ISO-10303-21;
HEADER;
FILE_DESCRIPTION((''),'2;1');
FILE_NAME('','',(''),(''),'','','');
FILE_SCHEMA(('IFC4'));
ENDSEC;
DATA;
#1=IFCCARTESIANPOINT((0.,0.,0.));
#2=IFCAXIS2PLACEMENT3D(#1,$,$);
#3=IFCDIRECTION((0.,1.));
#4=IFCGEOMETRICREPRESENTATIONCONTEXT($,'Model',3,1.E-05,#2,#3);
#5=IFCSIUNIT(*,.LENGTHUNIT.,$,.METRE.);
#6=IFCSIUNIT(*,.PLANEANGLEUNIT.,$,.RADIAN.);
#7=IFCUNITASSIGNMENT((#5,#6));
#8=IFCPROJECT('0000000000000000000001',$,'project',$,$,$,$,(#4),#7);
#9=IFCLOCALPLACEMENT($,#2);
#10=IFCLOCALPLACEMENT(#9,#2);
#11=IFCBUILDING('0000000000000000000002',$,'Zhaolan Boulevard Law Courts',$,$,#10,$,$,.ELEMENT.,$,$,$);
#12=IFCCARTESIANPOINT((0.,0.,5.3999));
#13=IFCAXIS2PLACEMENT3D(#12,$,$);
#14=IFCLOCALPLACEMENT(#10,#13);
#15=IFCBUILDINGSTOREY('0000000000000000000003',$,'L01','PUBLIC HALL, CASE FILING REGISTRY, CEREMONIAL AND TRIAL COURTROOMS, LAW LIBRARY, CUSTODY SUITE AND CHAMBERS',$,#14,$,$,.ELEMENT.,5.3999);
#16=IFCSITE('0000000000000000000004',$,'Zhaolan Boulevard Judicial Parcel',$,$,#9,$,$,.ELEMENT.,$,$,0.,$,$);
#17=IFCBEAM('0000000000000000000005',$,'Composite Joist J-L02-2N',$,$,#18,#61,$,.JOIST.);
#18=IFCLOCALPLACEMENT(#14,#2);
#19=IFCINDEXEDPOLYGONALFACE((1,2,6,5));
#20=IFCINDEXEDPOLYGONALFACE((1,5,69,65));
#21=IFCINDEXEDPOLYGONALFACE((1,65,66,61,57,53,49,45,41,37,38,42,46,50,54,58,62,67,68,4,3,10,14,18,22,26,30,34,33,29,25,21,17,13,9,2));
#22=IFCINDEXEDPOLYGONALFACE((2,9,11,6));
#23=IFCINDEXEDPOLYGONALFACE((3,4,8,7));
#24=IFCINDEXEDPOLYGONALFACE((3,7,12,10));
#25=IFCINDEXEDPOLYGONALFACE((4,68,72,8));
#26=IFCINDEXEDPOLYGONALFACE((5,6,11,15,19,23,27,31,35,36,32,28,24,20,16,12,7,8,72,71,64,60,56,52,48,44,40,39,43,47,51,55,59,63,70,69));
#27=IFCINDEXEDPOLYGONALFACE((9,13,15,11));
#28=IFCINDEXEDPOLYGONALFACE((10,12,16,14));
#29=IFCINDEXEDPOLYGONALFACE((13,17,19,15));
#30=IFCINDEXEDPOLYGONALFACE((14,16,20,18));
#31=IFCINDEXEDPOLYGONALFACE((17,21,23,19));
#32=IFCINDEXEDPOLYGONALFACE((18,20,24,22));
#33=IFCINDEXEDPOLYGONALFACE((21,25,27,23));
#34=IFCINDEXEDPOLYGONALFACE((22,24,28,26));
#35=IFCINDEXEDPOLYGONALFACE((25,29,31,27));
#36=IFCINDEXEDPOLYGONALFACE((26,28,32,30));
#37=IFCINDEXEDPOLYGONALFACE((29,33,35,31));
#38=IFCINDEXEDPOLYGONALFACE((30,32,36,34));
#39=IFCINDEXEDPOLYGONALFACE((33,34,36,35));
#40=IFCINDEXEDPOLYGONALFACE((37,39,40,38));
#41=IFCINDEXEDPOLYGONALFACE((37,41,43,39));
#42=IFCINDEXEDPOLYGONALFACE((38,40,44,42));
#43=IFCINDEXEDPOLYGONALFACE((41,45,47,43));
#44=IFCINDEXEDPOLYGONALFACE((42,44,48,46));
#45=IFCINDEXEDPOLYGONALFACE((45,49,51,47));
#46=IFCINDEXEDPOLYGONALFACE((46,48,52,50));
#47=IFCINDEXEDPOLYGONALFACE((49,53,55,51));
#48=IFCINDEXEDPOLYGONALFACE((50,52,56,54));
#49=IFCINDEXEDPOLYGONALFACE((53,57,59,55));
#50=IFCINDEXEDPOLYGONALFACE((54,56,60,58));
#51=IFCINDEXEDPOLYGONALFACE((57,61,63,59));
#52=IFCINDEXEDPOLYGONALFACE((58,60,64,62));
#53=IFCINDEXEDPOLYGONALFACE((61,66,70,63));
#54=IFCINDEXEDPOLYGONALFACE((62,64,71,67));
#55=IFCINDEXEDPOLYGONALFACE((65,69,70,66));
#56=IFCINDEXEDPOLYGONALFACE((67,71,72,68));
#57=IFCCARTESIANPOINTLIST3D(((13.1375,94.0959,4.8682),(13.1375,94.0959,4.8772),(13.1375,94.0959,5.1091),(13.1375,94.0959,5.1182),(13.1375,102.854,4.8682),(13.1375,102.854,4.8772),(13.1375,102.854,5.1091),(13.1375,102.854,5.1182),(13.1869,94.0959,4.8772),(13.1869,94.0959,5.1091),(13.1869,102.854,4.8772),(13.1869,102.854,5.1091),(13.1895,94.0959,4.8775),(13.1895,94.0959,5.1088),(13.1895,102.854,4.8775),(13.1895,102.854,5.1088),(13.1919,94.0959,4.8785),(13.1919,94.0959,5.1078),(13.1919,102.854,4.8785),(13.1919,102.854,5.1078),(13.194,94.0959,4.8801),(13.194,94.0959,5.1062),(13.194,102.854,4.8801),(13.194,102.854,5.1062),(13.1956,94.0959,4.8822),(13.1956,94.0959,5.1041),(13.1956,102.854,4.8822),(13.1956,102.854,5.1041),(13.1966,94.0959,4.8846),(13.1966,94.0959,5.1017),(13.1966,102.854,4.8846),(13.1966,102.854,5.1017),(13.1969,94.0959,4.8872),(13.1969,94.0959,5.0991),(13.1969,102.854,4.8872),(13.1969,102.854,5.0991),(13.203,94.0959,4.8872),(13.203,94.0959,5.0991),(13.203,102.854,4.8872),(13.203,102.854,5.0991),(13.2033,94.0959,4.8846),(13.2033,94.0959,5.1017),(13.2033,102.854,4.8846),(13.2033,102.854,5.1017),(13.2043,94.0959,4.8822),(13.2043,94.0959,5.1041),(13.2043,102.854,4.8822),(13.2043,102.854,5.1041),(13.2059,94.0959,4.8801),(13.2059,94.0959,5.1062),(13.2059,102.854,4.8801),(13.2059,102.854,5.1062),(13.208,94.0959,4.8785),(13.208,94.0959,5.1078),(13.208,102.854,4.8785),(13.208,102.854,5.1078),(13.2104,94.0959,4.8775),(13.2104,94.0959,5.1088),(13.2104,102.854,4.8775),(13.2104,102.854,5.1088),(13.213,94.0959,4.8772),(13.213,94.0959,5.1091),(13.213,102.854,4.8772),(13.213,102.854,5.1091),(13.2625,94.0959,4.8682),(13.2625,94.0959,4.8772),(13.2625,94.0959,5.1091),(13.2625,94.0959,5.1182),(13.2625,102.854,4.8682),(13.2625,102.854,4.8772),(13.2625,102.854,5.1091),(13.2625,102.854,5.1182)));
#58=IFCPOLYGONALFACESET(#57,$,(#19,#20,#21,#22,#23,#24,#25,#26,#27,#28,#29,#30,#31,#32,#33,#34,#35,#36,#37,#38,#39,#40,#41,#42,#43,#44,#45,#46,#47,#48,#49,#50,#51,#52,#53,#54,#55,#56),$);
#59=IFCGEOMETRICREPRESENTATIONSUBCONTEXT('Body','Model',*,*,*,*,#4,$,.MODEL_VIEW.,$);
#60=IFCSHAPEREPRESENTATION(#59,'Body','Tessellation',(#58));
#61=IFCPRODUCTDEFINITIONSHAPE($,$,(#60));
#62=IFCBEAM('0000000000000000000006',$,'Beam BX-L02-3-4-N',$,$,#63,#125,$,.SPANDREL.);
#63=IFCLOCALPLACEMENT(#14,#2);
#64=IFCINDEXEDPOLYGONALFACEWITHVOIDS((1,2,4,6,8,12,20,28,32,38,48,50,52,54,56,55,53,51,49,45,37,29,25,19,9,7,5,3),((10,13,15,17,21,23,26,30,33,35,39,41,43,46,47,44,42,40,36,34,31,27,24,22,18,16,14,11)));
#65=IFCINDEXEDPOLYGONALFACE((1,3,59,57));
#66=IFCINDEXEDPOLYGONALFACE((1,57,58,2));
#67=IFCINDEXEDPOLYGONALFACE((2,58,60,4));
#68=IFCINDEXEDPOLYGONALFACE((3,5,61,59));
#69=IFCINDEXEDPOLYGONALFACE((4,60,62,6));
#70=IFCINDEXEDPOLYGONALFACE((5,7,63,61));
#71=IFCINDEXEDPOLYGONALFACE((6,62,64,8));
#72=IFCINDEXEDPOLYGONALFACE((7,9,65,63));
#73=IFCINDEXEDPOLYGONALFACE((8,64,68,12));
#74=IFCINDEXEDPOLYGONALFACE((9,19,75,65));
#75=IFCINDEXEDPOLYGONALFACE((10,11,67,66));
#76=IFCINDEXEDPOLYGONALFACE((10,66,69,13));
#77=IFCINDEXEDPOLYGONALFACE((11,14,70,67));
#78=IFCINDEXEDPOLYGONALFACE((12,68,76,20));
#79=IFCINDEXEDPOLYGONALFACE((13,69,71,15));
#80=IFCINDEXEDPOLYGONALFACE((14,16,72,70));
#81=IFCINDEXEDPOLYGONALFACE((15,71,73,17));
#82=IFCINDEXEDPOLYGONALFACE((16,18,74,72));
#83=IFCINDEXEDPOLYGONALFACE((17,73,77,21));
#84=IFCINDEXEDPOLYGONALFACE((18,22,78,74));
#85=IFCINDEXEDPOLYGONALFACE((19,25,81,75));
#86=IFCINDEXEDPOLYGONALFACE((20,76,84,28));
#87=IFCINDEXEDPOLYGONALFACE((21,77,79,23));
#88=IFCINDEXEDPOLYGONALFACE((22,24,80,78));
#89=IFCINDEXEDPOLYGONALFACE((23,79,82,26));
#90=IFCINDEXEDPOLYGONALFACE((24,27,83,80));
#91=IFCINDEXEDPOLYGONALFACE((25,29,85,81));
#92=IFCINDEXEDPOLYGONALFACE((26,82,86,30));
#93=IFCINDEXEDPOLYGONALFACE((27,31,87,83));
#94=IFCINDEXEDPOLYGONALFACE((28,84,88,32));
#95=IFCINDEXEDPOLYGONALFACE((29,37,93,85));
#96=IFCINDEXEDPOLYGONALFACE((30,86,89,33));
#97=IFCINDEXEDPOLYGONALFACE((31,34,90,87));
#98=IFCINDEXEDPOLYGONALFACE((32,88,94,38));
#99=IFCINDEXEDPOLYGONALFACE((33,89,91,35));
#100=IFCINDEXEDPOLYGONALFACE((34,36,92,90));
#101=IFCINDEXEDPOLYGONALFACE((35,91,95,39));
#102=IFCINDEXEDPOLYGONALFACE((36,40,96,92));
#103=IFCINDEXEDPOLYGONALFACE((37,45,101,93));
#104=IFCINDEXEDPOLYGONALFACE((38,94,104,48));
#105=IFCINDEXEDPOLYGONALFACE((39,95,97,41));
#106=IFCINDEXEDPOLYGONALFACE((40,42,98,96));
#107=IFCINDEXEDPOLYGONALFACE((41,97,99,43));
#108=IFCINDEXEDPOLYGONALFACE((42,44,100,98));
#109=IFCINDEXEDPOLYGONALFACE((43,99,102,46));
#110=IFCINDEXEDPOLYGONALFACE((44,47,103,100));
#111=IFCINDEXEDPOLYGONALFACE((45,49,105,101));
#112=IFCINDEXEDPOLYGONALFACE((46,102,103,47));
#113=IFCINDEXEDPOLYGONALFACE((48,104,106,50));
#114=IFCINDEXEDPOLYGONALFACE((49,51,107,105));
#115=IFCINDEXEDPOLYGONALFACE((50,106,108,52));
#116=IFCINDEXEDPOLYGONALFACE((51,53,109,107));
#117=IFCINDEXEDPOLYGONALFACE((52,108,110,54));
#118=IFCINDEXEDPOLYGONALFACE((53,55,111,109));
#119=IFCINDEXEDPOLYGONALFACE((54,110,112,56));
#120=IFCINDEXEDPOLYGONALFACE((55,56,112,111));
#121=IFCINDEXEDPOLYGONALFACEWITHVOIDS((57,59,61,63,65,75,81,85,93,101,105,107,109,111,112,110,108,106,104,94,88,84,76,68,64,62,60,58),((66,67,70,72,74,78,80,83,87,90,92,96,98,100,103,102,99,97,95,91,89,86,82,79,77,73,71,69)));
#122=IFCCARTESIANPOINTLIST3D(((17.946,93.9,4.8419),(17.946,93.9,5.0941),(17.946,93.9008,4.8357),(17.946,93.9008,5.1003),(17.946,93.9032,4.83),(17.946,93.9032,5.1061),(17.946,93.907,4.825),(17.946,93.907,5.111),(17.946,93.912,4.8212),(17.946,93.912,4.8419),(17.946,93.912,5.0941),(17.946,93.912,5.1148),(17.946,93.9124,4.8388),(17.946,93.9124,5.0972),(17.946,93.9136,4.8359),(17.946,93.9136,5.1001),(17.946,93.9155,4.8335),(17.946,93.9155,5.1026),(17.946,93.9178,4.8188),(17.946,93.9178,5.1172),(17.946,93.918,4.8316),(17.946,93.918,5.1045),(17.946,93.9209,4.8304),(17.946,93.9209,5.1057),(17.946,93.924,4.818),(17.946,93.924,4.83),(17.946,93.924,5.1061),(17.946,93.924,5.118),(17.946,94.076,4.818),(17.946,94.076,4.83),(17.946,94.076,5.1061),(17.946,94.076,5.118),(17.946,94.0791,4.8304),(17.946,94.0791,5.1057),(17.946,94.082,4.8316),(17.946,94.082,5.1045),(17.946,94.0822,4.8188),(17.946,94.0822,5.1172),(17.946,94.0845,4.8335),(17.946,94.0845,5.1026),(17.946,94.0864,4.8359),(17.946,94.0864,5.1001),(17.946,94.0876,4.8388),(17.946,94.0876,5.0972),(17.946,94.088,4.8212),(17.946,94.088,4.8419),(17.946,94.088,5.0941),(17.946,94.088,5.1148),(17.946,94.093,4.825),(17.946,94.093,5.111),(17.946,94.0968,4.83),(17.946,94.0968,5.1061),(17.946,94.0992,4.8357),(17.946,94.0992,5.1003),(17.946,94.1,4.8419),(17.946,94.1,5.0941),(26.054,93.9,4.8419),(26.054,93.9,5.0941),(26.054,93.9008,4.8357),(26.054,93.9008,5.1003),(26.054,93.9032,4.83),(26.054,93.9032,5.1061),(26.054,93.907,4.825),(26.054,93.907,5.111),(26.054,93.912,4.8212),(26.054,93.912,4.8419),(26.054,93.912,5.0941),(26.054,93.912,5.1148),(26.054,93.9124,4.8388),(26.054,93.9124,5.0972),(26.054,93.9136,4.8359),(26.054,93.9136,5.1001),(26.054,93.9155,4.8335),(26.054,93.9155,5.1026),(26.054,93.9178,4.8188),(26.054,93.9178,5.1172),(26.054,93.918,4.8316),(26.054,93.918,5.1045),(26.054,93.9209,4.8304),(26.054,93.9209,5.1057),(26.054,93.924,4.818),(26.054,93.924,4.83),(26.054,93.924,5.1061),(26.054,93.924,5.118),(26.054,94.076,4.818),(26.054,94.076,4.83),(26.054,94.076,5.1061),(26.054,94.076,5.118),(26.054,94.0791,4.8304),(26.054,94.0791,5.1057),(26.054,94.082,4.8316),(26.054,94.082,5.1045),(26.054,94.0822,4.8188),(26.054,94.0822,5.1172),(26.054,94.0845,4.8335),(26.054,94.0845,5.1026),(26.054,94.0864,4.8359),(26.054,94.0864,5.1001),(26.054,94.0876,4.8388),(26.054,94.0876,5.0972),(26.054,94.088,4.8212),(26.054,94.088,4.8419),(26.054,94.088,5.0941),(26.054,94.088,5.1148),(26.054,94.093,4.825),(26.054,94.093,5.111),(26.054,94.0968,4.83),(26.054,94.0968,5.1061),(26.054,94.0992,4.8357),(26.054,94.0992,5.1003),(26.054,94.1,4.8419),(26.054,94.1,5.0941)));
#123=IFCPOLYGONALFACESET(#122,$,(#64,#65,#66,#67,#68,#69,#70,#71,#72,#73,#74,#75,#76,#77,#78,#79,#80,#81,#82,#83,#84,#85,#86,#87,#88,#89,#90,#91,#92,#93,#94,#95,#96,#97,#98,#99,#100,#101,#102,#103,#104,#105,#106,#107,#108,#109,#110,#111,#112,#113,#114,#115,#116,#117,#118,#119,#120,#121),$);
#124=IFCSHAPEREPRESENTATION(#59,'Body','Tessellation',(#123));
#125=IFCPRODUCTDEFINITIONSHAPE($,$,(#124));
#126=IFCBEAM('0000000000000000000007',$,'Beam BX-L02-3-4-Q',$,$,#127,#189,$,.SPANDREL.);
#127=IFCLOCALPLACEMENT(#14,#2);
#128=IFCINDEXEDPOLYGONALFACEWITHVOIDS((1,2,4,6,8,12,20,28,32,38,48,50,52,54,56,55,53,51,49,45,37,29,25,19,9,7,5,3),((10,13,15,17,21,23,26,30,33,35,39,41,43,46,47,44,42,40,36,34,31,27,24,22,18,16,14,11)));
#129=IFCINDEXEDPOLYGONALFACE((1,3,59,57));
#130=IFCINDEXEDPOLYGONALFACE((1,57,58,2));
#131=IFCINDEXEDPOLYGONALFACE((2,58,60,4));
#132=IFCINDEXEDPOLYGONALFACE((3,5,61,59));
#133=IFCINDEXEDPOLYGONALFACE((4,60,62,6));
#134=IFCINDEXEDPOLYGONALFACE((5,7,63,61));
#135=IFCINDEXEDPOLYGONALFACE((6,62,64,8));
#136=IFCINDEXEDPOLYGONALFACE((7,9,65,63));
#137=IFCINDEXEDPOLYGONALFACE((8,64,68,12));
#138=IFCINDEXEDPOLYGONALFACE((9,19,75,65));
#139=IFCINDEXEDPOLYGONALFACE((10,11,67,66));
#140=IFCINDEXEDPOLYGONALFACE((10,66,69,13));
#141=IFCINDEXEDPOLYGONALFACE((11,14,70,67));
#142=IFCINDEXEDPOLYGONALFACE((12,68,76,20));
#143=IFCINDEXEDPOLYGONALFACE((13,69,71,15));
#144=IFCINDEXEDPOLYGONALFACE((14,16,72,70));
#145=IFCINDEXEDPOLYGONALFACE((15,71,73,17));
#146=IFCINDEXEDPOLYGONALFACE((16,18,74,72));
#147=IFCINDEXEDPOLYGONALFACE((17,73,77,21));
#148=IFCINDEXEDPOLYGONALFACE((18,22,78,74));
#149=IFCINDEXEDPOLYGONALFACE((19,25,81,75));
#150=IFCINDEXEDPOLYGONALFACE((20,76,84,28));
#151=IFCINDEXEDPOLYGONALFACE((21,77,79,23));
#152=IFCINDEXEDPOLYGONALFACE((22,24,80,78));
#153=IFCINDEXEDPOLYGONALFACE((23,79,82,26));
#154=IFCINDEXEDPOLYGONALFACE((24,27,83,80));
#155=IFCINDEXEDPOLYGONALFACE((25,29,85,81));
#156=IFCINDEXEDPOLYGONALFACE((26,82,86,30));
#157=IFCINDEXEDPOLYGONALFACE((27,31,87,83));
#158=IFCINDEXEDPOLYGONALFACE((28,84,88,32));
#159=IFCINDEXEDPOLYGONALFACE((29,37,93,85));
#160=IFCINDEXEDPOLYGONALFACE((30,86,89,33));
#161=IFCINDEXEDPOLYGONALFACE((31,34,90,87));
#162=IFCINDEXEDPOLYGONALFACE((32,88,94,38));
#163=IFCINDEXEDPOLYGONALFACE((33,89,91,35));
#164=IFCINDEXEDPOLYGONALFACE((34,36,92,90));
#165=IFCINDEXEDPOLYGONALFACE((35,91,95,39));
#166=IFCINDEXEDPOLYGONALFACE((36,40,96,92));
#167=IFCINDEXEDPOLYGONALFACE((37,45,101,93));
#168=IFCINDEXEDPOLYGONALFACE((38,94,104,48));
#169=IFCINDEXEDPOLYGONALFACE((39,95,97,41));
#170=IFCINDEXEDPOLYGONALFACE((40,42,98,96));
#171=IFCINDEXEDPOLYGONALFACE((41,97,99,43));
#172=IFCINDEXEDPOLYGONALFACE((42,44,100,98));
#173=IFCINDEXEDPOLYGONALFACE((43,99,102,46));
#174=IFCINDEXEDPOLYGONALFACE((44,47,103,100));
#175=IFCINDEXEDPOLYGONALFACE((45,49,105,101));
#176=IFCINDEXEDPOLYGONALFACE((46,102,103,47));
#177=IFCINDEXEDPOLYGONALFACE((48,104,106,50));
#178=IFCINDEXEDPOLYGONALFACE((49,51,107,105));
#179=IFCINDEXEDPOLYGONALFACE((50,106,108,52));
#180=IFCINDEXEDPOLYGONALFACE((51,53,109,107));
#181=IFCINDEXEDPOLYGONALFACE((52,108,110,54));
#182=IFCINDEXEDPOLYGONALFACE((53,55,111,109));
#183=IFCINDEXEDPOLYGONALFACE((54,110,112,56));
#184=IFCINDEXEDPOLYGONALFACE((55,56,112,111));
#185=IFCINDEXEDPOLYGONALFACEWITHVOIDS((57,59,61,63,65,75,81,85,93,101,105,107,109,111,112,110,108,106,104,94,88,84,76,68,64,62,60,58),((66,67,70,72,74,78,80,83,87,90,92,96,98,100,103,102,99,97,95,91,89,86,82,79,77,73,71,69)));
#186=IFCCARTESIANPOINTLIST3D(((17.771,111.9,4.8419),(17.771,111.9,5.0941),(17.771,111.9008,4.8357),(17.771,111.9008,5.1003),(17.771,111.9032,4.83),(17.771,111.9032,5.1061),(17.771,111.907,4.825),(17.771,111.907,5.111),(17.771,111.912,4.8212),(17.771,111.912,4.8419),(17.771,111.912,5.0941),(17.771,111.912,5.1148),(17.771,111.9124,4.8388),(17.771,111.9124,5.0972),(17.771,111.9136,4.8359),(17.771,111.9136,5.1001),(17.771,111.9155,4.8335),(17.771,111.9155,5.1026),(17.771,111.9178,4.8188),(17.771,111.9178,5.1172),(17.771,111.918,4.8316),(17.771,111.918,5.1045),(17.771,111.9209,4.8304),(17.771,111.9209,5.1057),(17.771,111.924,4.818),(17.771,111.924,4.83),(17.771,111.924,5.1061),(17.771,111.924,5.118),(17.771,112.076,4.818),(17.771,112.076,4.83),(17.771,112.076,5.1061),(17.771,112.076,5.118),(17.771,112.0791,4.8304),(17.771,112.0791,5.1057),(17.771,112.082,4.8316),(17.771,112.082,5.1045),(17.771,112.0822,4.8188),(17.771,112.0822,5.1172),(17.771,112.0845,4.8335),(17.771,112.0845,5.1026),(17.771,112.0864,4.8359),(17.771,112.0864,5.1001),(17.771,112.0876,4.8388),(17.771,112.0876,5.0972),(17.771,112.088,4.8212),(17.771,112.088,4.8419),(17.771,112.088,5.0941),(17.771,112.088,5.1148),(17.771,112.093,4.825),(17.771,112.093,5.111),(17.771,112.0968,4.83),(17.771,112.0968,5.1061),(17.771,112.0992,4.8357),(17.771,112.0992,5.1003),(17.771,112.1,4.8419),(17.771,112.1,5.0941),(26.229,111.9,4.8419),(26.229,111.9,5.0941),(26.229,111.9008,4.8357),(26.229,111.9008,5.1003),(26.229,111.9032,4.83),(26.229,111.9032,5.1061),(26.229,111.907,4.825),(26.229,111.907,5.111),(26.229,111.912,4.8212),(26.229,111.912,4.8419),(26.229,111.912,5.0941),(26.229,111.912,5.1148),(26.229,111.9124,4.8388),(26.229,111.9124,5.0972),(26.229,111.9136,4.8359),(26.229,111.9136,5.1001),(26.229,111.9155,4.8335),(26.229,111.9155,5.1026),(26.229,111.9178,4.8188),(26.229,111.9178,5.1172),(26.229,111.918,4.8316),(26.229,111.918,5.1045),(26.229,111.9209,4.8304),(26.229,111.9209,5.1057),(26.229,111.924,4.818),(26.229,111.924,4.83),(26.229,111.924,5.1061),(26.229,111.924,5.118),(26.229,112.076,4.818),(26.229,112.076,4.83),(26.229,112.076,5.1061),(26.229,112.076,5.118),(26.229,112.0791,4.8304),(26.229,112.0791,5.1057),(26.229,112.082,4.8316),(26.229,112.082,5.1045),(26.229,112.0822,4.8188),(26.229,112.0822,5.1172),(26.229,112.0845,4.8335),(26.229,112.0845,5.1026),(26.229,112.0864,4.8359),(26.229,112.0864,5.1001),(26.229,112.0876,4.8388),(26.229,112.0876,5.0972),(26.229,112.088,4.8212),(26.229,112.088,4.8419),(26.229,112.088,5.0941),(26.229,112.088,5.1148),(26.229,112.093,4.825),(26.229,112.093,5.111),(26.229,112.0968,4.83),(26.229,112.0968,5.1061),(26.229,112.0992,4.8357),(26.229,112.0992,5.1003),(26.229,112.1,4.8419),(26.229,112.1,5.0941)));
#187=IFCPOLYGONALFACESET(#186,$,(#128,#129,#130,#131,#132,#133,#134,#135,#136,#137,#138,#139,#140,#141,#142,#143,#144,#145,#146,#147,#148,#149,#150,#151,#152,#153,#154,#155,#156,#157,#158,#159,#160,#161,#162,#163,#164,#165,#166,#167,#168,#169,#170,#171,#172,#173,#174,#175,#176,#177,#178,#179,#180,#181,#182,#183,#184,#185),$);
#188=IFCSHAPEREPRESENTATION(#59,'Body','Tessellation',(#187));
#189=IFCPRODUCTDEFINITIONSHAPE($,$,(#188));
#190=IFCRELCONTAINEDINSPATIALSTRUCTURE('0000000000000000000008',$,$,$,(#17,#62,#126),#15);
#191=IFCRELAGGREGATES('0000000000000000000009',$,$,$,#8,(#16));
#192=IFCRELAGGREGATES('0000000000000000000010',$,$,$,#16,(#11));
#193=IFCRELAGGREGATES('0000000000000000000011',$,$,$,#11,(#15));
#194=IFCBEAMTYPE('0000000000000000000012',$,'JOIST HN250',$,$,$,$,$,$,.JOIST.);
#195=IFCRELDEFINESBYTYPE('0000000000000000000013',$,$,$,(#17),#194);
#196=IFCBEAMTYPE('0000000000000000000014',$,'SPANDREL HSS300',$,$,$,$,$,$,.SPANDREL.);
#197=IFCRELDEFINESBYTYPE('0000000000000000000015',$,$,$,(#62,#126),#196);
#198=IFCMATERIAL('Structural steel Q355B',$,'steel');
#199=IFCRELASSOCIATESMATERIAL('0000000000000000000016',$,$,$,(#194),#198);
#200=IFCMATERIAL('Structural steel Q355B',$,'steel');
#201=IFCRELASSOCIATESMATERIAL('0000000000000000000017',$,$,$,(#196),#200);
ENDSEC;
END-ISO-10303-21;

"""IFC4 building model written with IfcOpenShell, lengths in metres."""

from ifc_helpers import new_model, si_unit, direction, frame, origin, origin_2d, place, context, subcontext, project, spatial, hollow_rectangle, i_section, extrude, material, material_profile, profile_set, type_object, element, save


model = new_model("IFC4")

# Units and contexts
model_context = context("Model", 3, precision=1e-05, world=origin(), true_north=direction((0.0, 1.0)))
body_context = subcontext(model_context, "Body", "Model", "MODEL_VIEW")
ifc_project = project(units=[si_unit("LENGTHUNIT", "METRE"), si_unit("PLANEANGLEUNIT", "RADIAN")], contexts=[model_context])

# Site, building, storey
site_placement = place(None, origin())
site = spatial("IfcSite", under=ifc_project, at=site_placement, Name="Zhaolan Boulevard Judicial Parcel", CompositionType="ELEMENT", RefElevation=0.0)
building_placement = place(site_placement, origin())
building = spatial("IfcBuilding", under=site, at=building_placement, Name="Zhaolan Boulevard Law Courts", CompositionType="ELEMENT")
storey_placement = place(building_placement, frame((0.0, 0.0, 5.3999)))
storey = spatial("IfcBuildingStorey", under=building, at=storey_placement, Name="L01", Description="PUBLIC HALL, CASE FILING REGISTRY, CEREMONIAL AND TRIAL COURTROOMS, LAW LIBRARY, CUSTODY SUITE AND CHAMBERS", CompositionType="ELEMENT", Elevation=5.3999)

# Beams
ifc_material_1 = material(Name="Structural steel Q355B", Category="steel")
ifc_material_profile_1 = material_profile(ifc_material_1, i_section(OverallWidth=0.125, OverallDepth=0.25, WebThickness=0.0061, FlangeThickness=0.009, FilletRadius=0.01, at=origin_2d()), Name="HN250x125")
ifc_profile_set_1 = profile_set([ifc_material_profile_1], Name="Structural steel Q355B")
beam_type_1 = type_object("IfcBeamType", Name="JOIST HN250", PredefinedType="JOIST", material=ifc_profile_set_1)
beam_1_placement = place(storey_placement, frame((13.2, 94.0959, 4.9932), z_axis=(0.0, 1.0, 0.0), x_axis=(-1.0, 0.0, 0.0)))
element("IfcBeam", 1, at=beam_1_placement, inside=storey, type_object=beam_type_1, Name="Composite Joist J-L02-2N", PredefinedType="JOIST", context=body_context, shape_type="SweptSolid", body=[
    extrude(i_section(OverallWidth=0.125, OverallDepth=0.25, WebThickness=0.0061, FlangeThickness=0.009, FilletRadius=0.01, at=origin_2d()), origin(), (0.0, 0.0, 1.0), 8.7581),
])
ifc_material_2 = material(Name="Structural steel Q355B", Category="steel")
ifc_material_profile_2 = material_profile(ifc_material_2, hollow_rectangle(XDim=0.2, YDim=0.3, WallThickness=0.012, InnerFilletRadius=0.012, OuterFilletRadius=0.0239, at=origin_2d()), Name="HSS300x200x12")
ifc_profile_set_2 = profile_set([ifc_material_profile_2], Name="Structural steel Q355B")
beam_type_2 = type_object("IfcBeamType", Name="SPANDREL HSS300", PredefinedType="SPANDREL", material=ifc_profile_set_2)
beam_2_placement = place(storey_placement, frame((17.946, 94.0, 4.968), z_axis=(1.0, 0.0, 0.0), x_axis=(0.0, 1.0, 0.0)))
element("IfcBeam", 2, at=beam_2_placement, inside=storey, type_object=beam_type_2, Name="Beam BX-L02-3-4-N", PredefinedType="SPANDREL", context=body_context, shape_type="SweptSolid", body=[
    extrude(hollow_rectangle(XDim=0.2, YDim=0.3, WallThickness=0.012, InnerFilletRadius=0.012, OuterFilletRadius=0.0239, at=origin_2d()), origin(), (0.0, 0.0, 1.0), 8.1079),
])
beam_3_placement = place(storey_placement, frame((17.771, 112.0, 4.968), z_axis=(1.0, 0.0, 0.0), x_axis=(0.0, 1.0, 0.0)))
element("IfcBeam", 3, at=beam_3_placement, inside=storey, type_object=beam_type_2, Name="Beam BX-L02-3-4-Q", PredefinedType="SPANDREL", context=body_context, shape_type="SweptSolid", body=[
    extrude(hollow_rectangle(XDim=0.2, YDim=0.3, WallThickness=0.012, InnerFilletRadius=0.012, OuterFilletRadius=0.0239, at=origin_2d()), origin(), (0.0, 0.0, 1.0), 8.458),
])

save(model, "model.ifc")
